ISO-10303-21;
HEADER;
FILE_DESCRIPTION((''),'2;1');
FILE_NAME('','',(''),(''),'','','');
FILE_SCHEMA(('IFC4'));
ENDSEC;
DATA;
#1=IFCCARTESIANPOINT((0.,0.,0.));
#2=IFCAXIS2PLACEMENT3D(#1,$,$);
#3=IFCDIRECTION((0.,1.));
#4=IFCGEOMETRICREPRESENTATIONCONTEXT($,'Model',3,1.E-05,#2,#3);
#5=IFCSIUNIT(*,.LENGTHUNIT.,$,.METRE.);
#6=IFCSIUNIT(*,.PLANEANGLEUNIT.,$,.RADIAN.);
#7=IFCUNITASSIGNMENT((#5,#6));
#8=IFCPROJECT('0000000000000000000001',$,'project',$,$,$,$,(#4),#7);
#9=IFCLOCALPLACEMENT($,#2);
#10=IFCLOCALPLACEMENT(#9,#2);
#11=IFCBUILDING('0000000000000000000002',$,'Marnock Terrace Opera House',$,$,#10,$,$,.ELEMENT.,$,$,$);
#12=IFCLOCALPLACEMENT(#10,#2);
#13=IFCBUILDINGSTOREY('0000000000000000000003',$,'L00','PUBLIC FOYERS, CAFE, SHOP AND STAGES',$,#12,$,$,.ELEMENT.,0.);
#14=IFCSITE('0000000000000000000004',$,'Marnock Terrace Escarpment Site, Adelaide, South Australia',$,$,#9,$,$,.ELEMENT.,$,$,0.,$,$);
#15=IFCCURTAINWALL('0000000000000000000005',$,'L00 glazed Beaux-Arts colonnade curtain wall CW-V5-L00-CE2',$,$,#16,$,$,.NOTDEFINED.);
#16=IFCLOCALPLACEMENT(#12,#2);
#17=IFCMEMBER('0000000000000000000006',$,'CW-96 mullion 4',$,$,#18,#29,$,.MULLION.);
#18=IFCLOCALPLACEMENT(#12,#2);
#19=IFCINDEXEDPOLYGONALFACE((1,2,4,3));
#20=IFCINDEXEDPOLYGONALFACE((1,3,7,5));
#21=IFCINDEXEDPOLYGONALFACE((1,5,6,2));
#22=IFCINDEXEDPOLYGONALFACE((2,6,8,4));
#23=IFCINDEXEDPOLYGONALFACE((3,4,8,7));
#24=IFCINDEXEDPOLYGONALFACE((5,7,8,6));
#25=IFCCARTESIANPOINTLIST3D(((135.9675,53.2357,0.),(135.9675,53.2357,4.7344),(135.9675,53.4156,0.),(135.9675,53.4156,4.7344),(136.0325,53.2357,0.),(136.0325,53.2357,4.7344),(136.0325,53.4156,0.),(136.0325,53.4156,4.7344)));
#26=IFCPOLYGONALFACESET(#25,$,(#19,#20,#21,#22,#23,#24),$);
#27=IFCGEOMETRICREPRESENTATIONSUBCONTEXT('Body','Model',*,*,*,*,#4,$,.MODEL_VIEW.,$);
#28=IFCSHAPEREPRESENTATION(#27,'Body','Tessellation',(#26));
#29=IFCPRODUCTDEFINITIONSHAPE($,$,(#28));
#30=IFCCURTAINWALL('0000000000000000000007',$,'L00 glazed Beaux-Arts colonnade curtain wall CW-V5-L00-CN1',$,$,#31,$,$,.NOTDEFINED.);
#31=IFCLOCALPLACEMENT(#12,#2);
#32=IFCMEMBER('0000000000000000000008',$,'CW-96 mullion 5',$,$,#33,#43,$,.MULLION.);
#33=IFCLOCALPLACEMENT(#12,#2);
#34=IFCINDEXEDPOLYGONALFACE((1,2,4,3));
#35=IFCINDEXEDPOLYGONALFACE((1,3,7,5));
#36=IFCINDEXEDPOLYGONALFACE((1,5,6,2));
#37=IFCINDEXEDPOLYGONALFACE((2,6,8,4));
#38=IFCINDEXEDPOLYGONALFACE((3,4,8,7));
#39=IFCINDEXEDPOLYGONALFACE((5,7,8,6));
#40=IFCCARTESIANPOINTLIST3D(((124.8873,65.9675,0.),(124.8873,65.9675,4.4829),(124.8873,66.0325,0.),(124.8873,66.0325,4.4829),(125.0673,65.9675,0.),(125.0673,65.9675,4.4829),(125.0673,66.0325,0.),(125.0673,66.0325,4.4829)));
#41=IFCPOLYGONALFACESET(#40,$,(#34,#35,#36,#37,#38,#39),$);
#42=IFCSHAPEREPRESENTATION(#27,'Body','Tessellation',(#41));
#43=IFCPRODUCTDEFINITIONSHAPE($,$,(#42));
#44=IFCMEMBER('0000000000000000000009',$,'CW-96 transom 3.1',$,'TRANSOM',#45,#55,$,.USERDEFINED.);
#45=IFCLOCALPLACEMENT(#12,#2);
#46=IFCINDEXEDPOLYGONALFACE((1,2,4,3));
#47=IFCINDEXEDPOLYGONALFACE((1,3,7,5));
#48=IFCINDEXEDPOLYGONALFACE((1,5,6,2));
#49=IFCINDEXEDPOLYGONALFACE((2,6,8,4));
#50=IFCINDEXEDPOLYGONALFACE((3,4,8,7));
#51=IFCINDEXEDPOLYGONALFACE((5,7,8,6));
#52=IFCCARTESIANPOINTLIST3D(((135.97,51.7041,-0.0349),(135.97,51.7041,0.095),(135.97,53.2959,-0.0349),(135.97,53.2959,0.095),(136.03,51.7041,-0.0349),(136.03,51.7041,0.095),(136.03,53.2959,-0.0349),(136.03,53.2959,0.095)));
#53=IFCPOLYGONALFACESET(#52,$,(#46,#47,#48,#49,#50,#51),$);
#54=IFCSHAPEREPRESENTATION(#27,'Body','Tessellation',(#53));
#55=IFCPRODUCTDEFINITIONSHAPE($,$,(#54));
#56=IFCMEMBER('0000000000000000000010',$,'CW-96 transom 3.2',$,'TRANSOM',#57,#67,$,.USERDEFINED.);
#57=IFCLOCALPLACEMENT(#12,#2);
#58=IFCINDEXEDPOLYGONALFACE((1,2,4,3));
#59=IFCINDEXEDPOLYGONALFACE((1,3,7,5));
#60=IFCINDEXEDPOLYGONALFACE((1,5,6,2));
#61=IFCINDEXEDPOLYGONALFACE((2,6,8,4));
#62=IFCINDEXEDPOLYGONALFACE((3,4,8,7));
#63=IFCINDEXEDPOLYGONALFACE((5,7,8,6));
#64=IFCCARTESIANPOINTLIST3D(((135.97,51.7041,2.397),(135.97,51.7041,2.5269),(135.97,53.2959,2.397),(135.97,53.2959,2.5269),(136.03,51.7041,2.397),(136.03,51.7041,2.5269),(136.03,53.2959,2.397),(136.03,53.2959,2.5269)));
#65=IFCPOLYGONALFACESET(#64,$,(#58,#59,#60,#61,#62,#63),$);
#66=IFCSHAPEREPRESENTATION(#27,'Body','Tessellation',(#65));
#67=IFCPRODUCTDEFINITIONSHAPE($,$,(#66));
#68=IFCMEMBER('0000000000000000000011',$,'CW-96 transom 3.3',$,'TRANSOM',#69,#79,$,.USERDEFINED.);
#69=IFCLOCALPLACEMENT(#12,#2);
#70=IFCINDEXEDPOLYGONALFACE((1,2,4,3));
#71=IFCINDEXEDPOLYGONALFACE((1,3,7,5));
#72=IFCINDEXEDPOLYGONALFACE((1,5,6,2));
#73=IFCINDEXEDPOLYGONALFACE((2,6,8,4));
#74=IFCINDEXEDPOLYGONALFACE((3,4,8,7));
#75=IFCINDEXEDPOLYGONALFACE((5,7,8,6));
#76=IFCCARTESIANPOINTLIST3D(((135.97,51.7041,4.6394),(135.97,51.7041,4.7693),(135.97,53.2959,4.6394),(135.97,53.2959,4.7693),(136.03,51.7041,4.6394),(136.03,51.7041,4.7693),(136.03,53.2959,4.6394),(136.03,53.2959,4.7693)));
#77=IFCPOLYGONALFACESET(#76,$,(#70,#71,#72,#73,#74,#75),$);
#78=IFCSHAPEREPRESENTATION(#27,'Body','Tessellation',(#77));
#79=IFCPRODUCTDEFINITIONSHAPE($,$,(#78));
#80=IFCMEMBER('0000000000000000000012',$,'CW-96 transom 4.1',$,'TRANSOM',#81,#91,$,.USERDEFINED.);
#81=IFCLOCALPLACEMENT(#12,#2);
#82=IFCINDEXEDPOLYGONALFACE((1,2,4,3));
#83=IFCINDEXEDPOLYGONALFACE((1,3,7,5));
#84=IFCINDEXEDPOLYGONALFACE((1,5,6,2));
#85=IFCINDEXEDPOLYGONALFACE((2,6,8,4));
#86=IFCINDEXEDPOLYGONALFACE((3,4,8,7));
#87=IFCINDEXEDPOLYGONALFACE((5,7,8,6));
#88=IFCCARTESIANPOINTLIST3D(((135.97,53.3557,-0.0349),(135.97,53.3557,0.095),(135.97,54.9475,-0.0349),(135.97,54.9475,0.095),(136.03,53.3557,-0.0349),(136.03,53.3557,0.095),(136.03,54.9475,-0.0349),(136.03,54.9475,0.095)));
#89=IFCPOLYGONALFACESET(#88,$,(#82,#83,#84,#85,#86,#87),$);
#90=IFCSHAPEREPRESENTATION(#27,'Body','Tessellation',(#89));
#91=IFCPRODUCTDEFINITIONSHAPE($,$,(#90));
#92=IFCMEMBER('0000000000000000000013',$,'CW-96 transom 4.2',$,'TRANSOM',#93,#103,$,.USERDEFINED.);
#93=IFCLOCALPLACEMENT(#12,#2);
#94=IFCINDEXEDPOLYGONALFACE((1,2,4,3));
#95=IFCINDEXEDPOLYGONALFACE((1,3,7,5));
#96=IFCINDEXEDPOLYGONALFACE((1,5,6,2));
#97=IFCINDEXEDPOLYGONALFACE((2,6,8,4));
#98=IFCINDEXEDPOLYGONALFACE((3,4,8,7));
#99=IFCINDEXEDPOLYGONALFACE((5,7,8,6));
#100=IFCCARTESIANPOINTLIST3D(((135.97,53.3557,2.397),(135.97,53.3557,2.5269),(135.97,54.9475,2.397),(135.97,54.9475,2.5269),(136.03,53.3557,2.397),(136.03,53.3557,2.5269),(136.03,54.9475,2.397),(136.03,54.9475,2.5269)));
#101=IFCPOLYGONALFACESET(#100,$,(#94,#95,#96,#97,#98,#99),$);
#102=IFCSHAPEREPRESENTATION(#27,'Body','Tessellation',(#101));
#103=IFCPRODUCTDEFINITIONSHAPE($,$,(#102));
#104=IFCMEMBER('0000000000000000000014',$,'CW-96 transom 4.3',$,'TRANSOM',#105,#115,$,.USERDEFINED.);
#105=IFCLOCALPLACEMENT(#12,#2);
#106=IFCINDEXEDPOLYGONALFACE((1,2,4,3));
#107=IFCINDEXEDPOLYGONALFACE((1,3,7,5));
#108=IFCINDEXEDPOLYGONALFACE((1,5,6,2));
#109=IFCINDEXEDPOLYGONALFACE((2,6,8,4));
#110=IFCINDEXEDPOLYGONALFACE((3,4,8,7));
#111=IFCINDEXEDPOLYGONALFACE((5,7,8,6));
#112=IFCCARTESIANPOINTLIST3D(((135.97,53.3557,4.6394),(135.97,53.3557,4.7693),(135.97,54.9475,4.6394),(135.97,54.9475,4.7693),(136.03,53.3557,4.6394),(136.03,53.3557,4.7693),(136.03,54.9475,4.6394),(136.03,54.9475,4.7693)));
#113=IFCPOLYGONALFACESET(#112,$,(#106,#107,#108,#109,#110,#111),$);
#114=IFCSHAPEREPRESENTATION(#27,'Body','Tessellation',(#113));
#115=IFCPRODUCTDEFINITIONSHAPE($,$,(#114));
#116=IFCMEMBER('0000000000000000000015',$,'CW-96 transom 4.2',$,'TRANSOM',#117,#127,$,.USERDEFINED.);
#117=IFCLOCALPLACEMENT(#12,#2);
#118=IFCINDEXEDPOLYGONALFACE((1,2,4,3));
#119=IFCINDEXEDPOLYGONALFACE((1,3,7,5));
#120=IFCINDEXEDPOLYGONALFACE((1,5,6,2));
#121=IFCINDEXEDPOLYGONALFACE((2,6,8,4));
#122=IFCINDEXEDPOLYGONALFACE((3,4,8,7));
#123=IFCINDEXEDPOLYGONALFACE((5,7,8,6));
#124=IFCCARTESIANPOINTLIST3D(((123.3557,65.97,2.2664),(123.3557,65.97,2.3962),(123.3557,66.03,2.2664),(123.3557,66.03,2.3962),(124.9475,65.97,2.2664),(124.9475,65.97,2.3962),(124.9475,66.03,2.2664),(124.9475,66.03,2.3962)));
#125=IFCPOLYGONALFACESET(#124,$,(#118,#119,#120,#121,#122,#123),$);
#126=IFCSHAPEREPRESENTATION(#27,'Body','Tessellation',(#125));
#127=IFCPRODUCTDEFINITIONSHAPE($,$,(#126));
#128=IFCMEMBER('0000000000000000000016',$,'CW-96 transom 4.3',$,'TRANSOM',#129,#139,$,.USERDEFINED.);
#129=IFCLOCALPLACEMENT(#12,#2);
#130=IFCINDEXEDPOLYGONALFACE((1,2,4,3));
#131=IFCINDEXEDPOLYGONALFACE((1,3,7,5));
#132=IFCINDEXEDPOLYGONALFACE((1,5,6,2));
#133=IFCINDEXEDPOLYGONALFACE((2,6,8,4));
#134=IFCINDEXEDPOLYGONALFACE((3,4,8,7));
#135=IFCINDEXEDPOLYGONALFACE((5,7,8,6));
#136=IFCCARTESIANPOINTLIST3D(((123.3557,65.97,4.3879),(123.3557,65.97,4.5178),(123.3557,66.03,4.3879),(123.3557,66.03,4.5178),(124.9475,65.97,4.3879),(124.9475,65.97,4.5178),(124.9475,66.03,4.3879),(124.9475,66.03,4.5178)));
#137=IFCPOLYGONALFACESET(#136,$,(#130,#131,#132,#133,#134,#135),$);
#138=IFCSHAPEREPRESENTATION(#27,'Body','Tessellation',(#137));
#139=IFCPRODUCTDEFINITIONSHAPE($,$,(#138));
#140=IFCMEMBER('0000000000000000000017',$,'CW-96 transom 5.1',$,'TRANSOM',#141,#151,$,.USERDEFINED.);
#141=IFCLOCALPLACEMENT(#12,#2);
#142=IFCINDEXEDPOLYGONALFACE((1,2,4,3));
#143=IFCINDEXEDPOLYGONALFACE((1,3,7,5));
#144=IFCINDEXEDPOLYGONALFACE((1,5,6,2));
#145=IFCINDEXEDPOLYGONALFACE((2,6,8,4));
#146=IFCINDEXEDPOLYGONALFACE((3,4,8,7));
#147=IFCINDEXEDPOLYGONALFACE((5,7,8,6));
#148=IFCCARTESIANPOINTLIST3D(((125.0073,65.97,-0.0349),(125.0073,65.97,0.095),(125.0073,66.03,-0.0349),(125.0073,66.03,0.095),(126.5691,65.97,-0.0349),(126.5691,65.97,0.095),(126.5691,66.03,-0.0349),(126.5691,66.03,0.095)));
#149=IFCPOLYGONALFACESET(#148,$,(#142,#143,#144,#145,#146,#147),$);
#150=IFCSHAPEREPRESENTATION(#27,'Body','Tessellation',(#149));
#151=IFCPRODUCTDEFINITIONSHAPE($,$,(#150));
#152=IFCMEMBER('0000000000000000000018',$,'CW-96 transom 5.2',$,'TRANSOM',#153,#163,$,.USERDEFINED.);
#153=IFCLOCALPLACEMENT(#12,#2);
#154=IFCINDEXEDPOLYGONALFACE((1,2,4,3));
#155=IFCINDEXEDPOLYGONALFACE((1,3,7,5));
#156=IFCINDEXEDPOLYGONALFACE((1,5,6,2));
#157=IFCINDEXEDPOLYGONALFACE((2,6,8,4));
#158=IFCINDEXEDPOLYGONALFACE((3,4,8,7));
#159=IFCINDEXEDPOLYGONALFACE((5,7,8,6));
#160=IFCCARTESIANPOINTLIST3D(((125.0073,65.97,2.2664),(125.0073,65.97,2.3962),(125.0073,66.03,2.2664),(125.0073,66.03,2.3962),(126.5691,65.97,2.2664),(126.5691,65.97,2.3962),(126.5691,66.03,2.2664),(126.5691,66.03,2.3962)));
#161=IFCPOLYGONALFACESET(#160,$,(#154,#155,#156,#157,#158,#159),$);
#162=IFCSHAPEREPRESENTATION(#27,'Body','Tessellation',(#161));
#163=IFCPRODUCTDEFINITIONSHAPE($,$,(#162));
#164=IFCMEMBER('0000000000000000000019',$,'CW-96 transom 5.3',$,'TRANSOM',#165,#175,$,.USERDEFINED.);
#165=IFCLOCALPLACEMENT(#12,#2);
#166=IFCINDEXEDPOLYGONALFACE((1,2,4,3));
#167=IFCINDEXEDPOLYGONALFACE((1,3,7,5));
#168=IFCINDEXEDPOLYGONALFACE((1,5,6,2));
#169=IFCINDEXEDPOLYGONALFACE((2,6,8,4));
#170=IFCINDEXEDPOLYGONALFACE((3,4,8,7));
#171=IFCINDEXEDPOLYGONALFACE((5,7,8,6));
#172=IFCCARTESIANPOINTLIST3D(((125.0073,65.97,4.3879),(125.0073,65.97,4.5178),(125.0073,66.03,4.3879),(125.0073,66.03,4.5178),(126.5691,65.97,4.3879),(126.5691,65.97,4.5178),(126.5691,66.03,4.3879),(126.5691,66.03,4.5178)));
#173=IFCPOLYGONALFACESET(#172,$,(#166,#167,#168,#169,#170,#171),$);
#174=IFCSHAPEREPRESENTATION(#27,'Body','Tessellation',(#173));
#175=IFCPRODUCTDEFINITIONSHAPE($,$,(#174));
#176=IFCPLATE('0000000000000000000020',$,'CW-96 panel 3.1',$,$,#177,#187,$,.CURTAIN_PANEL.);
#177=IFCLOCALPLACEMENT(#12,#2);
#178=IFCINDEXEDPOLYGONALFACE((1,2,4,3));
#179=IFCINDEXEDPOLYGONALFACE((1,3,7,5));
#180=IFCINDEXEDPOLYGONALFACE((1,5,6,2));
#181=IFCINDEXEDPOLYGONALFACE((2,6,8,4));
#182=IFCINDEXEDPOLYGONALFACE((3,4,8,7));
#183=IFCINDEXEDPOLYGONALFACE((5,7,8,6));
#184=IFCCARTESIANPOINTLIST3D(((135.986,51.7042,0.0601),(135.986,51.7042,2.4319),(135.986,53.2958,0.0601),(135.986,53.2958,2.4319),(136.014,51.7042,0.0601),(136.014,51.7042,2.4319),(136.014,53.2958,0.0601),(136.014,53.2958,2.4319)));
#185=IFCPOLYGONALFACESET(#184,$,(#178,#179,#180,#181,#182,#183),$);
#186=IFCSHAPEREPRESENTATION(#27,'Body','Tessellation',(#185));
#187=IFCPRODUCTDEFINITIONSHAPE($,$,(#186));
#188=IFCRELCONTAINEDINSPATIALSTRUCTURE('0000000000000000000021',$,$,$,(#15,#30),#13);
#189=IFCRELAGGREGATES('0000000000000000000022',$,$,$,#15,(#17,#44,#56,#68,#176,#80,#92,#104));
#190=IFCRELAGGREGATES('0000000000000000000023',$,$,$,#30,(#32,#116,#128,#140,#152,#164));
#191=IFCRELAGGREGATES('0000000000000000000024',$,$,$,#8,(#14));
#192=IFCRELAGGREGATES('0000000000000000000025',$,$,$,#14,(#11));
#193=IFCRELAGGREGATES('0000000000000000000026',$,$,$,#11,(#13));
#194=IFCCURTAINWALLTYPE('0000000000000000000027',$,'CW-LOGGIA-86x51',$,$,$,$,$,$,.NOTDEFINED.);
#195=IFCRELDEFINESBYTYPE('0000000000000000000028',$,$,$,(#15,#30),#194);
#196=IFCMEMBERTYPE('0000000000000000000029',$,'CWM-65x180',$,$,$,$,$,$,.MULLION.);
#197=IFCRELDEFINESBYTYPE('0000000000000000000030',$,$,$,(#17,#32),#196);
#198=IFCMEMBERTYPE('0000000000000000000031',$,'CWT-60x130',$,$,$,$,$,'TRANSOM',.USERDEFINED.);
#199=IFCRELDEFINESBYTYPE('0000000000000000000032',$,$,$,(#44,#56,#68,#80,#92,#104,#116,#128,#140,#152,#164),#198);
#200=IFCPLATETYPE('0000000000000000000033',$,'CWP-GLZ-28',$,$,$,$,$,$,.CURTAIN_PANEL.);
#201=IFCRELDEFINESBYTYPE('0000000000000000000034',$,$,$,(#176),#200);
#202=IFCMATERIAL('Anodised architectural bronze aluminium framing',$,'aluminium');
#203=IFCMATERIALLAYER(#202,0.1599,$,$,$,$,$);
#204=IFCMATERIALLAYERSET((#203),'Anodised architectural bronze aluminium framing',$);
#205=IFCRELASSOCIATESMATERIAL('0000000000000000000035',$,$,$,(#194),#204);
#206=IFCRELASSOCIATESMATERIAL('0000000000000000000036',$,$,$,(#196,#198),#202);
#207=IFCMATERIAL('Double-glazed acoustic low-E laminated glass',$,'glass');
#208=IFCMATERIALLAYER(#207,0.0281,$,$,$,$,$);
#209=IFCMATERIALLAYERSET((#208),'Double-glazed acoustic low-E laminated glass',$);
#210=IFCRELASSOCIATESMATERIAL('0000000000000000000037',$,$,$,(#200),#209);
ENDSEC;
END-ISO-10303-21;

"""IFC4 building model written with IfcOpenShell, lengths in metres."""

from ifc_helpers import new_model, si_unit, direction, frame, origin, origin_2d, place, context, subcontext, project, spatial, rectangle, extrude, material, layer, layer_set, material_profile, profile_set, type_object, element, aggregate, save


model = new_model("IFC4")

# Units and contexts
model_context = context("Model", 3, precision=1e-05, world=origin(), true_north=direction((0.0, 1.0)))
body_context = subcontext(model_context, "Body", "Model", "MODEL_VIEW")
ifc_project = project(units=[si_unit("LENGTHUNIT", "METRE"), si_unit("PLANEANGLEUNIT", "RADIAN")], contexts=[model_context])

# Site, building, storey
site_placement = place(None, origin())
site = spatial("IfcSite", under=ifc_project, at=site_placement, Name="Marnock Terrace Escarpment Site, Adelaide, South Australia", CompositionType="ELEMENT", RefElevation=0.0)
building_placement = place(site_placement, origin())
building = spatial("IfcBuilding", under=site, at=building_placement, Name="Marnock Terrace Opera House", CompositionType="ELEMENT")
storey_placement = place(building_placement, origin())
storey = spatial("IfcBuildingStorey", under=building, at=storey_placement, Name="L00", Description="PUBLIC FOYERS, CAFE, SHOP AND STAGES", CompositionType="ELEMENT", Elevation=0.0)

# Curtain walls, members
ifc_material_1 = material(Name="Anodised architectural bronze aluminium framing", Category="aluminium")
ifc_layer_1 = layer(ifc_material_1, 0.1599)
ifc_layer_set_1 = layer_set([ifc_layer_1], Name="Anodised architectural bronze aluminium framing")
curtain_wall_type = type_object("IfcCurtainWallType", Name="CW-LOGGIA-86x51", PredefinedType="NOTDEFINED", material=ifc_layer_set_1)
curtain_wall_1_placement = place(storey_placement, origin())
curtain_wall_1 = element("IfcCurtainWall", 1, at=curtain_wall_1_placement, inside=storey, type_object=curtain_wall_type, Name="L00 glazed Beaux-Arts colonnade curtain wall CW-V5-L00-CE2", PredefinedType="NOTDEFINED")
ifc_material_profile_1 = material_profile(ifc_material_1, rectangle(XDim=0.0649, YDim=0.1799, at=origin_2d()))
ifc_profile_set_1 = profile_set([ifc_material_profile_1], Name="Anodised architectural bronze aluminium framing")
member_type_1 = type_object("IfcMemberType", Name="CWM-65x180", PredefinedType="MULLION", material=ifc_profile_set_1)
member_1_placement = place(storey_placement, frame((136.0, 53.3257, 0.0), z_axis=(0.0, 0.0, 1.0), x_axis=(-1.0, 0.0, 0.0)))
member_1 = element("IfcMember", 2, at=member_1_placement, type_object=member_type_1, Name="CW-96 mullion 4", PredefinedType="MULLION", context=body_context, shape_type="SweptSolid", body=[
    extrude(rectangle(XDim=0.0649, YDim=0.1799, at=origin_2d()), origin(), (0.0, 0.0, 1.0), 4.7344),
])
curtain_wall_2_placement = place(storey_placement, origin())
curtain_wall_2 = element("IfcCurtainWall", 3, at=curtain_wall_2_placement, inside=storey, type_object=curtain_wall_type, Name="L00 glazed Beaux-Arts colonnade curtain wall CW-V5-L00-CN1", PredefinedType="NOTDEFINED")
member_2_placement = place(storey_placement, frame((124.9773, 66.0, 0.0), z_axis=(0.0, 0.0, 1.0), x_axis=(0.0, 1.0, 0.0)))
member_2 = element("IfcMember", 4, at=member_2_placement, type_object=member_type_1, Name="CW-96 mullion 5", PredefinedType="MULLION", context=body_context, shape_type="SweptSolid", body=[
    extrude(rectangle(XDim=0.0649, YDim=0.1799, at=origin_2d()), origin(), (0.0, 0.0, 1.0), 4.4829),
])

# Members
ifc_material_profile_2 = material_profile(ifc_material_1, rectangle(XDim=0.0601, YDim=0.1299, at=origin_2d()))
ifc_profile_set_2 = profile_set([ifc_material_profile_2], Name="Anodised architectural bronze aluminium framing")
member_type_2 = type_object("IfcMemberType", Name="CWT-60x130", ElementType="TRANSOM", PredefinedType="USERDEFINED", material=ifc_profile_set_2)
member_3_placement = place(storey_placement, frame((136.0, 51.7041, 0.03), z_axis=(0.0, 1.0, 0.0), x_axis=(-1.0, 0.0, 0.0)))
member_3 = element("IfcMember", 5, at=member_3_placement, type_object=member_type_2, Name="CW-96 transom 3.1", ObjectType="TRANSOM", PredefinedType="USERDEFINED", context=body_context, shape_type="SweptSolid", body=[
    extrude(rectangle(XDim=0.0601, YDim=0.1299, at=origin_2d()), origin(), (0.0, 0.0, 1.0), 1.5918),
])
member_4_placement = place(storey_placement, frame((136.0, 51.7041, 2.4619), z_axis=(0.0, 1.0, 0.0), x_axis=(-1.0, 0.0, 0.0)))
member_4 = element("IfcMember", 6, at=member_4_placement, type_object=member_type_2, Name="CW-96 transom 3.2", ObjectType="TRANSOM", PredefinedType="USERDEFINED", context=body_context, shape_type="SweptSolid", body=[
    extrude(rectangle(XDim=0.0601, YDim=0.1299, at=origin_2d()), origin(), (0.0, 0.0, 1.0), 1.5918),
])
member_5_placement = place(storey_placement, frame((136.0, 51.7041, 4.7043), z_axis=(0.0, 1.0, 0.0), x_axis=(-1.0, 0.0, 0.0)))
member_5 = element("IfcMember", 7, at=member_5_placement, type_object=member_type_2, Name="CW-96 transom 3.3", ObjectType="TRANSOM", PredefinedType="USERDEFINED", context=body_context, shape_type="SweptSolid", body=[
    extrude(rectangle(XDim=0.0601, YDim=0.1299, at=origin_2d()), origin(), (0.0, 0.0, 1.0), 1.5918),
])
member_6_placement = place(storey_placement, frame((136.0, 53.3557, 0.03), z_axis=(0.0, 1.0, 0.0), x_axis=(-1.0, 0.0, 0.0)))
member_6 = element("IfcMember", 8, at=member_6_placement, type_object=member_type_2, Name="CW-96 transom 4.1", ObjectType="TRANSOM", PredefinedType="USERDEFINED", context=body_context, shape_type="SweptSolid", body=[
    extrude(rectangle(XDim=0.0601, YDim=0.1299, at=origin_2d()), origin(), (0.0, 0.0, 1.0), 1.5918),
])
member_7_placement = place(storey_placement, frame((136.0, 53.3557, 2.4619), z_axis=(0.0, 1.0, 0.0), x_axis=(-1.0, 0.0, 0.0)))
member_7 = element("IfcMember", 9, at=member_7_placement, type_object=member_type_2, Name="CW-96 transom 4.2", ObjectType="TRANSOM", PredefinedType="USERDEFINED", context=body_context, shape_type="SweptSolid", body=[
    extrude(rectangle(XDim=0.0601, YDim=0.1299, at=origin_2d()), origin(), (0.0, 0.0, 1.0), 1.5918),
])
member_8_placement = place(storey_placement, frame((136.0, 53.3557, 4.7043), z_axis=(0.0, 1.0, 0.0), x_axis=(-1.0, 0.0, 0.0)))
member_8 = element("IfcMember", 10, at=member_8_placement, type_object=member_type_2, Name="CW-96 transom 4.3", ObjectType="TRANSOM", PredefinedType="USERDEFINED", context=body_context, shape_type="SweptSolid", body=[
    extrude(rectangle(XDim=0.0601, YDim=0.1299, at=origin_2d()), origin(), (0.0, 0.0, 1.0), 1.5918),
])
member_9_placement = place(storey_placement, frame((123.3557, 66.0, 2.3313), z_axis=(1.0, 0.0, 0.0), x_axis=(0.0, 1.0, 0.0)))
member_9 = element("IfcMember", 11, at=member_9_placement, type_object=member_type_2, Name="CW-96 transom 4.2", ObjectType="TRANSOM", PredefinedType="USERDEFINED", context=body_context, shape_type="SweptSolid", body=[
    extrude(rectangle(XDim=0.0601, YDim=0.1299, at=origin_2d()), origin(), (0.0, 0.0, 1.0), 1.5918),
])
member_10_placement = place(storey_placement, frame((123.3557, 66.0, 4.4529), z_axis=(1.0, 0.0, 0.0), x_axis=(0.0, 1.0, 0.0)))
member_10 = element("IfcMember", 12, at=member_10_placement, type_object=member_type_2, Name="CW-96 transom 4.3", ObjectType="TRANSOM", PredefinedType="USERDEFINED", context=body_context, shape_type="SweptSolid", body=[
    extrude(rectangle(XDim=0.0601, YDim=0.1299, at=origin_2d()), origin(), (0.0, 0.0, 1.0), 1.5918),
])
member_11_placement = place(storey_placement, frame((125.0073, 66.0, 0.03), z_axis=(1.0, 0.0, 0.0), x_axis=(0.0, 1.0, 0.0)))
member_11 = element("IfcMember", 13, at=member_11_placement, type_object=member_type_2, Name="CW-96 transom 5.1", ObjectType="TRANSOM", PredefinedType="USERDEFINED", context=body_context, shape_type="SweptSolid", body=[
    extrude(rectangle(XDim=0.0601, YDim=0.1299, at=origin_2d()), origin(), (0.0, 0.0, 1.0), 1.5618),
])
member_12_placement = place(storey_placement, frame((125.0073, 66.0, 2.3313), z_axis=(1.0, 0.0, 0.0), x_axis=(0.0, 1.0, 0.0)))
member_12 = element("IfcMember", 14, at=member_12_placement, type_object=member_type_2, Name="CW-96 transom 5.2", ObjectType="TRANSOM", PredefinedType="USERDEFINED", context=body_context, shape_type="SweptSolid", body=[
    extrude(rectangle(XDim=0.0601, YDim=0.1299, at=origin_2d()), origin(), (0.0, 0.0, 1.0), 1.5618),
])
member_13_placement = place(storey_placement, frame((125.0073, 66.0, 4.4529), z_axis=(1.0, 0.0, 0.0), x_axis=(0.0, 1.0, 0.0)))
member_13 = element("IfcMember", 15, at=member_13_placement, type_object=member_type_2, Name="CW-96 transom 5.3", ObjectType="TRANSOM", PredefinedType="USERDEFINED", context=body_context, shape_type="SweptSolid", body=[
    extrude(rectangle(XDim=0.0601, YDim=0.1299, at=origin_2d()), origin(), (0.0, 0.0, 1.0), 1.5618),
])

# Plate
ifc_material_2 = material(Name="Double-glazed acoustic low-E laminated glass", Category="glass")
ifc_layer_2 = layer(ifc_material_2, 0.0281)
ifc_layer_set_2 = layer_set([ifc_layer_2], Name="Double-glazed acoustic low-E laminated glass")
plate_type = type_object("IfcPlateType", Name="CWP-GLZ-28", PredefinedType="CURTAIN_PANEL", material=ifc_layer_set_2)
plate_1_placement = place(storey_placement, frame((136.0, 52.5, 0.0601), z_axis=(0.0, 0.0, 1.0), x_axis=(0.0, 1.0, 0.0)))
plate_1 = element("IfcPlate", 16, at=plate_1_placement, type_object=plate_type, Name="CW-96 panel 3.1", PredefinedType="CURTAIN_PANEL", context=body_context, shape_type="SweptSolid", body=[
    extrude(rectangle(XDim=1.5916, YDim=0.0281, at=origin_2d()), origin(), (0.0, 0.0, 1.0), 2.3718),
])
aggregate(curtain_wall_1, [member_1, member_3, member_4, member_5, plate_1, member_6, member_7, member_8])
aggregate(curtain_wall_2, [member_2, member_9, member_10, member_11, member_12, member_13])

save(model, "model.ifc")
